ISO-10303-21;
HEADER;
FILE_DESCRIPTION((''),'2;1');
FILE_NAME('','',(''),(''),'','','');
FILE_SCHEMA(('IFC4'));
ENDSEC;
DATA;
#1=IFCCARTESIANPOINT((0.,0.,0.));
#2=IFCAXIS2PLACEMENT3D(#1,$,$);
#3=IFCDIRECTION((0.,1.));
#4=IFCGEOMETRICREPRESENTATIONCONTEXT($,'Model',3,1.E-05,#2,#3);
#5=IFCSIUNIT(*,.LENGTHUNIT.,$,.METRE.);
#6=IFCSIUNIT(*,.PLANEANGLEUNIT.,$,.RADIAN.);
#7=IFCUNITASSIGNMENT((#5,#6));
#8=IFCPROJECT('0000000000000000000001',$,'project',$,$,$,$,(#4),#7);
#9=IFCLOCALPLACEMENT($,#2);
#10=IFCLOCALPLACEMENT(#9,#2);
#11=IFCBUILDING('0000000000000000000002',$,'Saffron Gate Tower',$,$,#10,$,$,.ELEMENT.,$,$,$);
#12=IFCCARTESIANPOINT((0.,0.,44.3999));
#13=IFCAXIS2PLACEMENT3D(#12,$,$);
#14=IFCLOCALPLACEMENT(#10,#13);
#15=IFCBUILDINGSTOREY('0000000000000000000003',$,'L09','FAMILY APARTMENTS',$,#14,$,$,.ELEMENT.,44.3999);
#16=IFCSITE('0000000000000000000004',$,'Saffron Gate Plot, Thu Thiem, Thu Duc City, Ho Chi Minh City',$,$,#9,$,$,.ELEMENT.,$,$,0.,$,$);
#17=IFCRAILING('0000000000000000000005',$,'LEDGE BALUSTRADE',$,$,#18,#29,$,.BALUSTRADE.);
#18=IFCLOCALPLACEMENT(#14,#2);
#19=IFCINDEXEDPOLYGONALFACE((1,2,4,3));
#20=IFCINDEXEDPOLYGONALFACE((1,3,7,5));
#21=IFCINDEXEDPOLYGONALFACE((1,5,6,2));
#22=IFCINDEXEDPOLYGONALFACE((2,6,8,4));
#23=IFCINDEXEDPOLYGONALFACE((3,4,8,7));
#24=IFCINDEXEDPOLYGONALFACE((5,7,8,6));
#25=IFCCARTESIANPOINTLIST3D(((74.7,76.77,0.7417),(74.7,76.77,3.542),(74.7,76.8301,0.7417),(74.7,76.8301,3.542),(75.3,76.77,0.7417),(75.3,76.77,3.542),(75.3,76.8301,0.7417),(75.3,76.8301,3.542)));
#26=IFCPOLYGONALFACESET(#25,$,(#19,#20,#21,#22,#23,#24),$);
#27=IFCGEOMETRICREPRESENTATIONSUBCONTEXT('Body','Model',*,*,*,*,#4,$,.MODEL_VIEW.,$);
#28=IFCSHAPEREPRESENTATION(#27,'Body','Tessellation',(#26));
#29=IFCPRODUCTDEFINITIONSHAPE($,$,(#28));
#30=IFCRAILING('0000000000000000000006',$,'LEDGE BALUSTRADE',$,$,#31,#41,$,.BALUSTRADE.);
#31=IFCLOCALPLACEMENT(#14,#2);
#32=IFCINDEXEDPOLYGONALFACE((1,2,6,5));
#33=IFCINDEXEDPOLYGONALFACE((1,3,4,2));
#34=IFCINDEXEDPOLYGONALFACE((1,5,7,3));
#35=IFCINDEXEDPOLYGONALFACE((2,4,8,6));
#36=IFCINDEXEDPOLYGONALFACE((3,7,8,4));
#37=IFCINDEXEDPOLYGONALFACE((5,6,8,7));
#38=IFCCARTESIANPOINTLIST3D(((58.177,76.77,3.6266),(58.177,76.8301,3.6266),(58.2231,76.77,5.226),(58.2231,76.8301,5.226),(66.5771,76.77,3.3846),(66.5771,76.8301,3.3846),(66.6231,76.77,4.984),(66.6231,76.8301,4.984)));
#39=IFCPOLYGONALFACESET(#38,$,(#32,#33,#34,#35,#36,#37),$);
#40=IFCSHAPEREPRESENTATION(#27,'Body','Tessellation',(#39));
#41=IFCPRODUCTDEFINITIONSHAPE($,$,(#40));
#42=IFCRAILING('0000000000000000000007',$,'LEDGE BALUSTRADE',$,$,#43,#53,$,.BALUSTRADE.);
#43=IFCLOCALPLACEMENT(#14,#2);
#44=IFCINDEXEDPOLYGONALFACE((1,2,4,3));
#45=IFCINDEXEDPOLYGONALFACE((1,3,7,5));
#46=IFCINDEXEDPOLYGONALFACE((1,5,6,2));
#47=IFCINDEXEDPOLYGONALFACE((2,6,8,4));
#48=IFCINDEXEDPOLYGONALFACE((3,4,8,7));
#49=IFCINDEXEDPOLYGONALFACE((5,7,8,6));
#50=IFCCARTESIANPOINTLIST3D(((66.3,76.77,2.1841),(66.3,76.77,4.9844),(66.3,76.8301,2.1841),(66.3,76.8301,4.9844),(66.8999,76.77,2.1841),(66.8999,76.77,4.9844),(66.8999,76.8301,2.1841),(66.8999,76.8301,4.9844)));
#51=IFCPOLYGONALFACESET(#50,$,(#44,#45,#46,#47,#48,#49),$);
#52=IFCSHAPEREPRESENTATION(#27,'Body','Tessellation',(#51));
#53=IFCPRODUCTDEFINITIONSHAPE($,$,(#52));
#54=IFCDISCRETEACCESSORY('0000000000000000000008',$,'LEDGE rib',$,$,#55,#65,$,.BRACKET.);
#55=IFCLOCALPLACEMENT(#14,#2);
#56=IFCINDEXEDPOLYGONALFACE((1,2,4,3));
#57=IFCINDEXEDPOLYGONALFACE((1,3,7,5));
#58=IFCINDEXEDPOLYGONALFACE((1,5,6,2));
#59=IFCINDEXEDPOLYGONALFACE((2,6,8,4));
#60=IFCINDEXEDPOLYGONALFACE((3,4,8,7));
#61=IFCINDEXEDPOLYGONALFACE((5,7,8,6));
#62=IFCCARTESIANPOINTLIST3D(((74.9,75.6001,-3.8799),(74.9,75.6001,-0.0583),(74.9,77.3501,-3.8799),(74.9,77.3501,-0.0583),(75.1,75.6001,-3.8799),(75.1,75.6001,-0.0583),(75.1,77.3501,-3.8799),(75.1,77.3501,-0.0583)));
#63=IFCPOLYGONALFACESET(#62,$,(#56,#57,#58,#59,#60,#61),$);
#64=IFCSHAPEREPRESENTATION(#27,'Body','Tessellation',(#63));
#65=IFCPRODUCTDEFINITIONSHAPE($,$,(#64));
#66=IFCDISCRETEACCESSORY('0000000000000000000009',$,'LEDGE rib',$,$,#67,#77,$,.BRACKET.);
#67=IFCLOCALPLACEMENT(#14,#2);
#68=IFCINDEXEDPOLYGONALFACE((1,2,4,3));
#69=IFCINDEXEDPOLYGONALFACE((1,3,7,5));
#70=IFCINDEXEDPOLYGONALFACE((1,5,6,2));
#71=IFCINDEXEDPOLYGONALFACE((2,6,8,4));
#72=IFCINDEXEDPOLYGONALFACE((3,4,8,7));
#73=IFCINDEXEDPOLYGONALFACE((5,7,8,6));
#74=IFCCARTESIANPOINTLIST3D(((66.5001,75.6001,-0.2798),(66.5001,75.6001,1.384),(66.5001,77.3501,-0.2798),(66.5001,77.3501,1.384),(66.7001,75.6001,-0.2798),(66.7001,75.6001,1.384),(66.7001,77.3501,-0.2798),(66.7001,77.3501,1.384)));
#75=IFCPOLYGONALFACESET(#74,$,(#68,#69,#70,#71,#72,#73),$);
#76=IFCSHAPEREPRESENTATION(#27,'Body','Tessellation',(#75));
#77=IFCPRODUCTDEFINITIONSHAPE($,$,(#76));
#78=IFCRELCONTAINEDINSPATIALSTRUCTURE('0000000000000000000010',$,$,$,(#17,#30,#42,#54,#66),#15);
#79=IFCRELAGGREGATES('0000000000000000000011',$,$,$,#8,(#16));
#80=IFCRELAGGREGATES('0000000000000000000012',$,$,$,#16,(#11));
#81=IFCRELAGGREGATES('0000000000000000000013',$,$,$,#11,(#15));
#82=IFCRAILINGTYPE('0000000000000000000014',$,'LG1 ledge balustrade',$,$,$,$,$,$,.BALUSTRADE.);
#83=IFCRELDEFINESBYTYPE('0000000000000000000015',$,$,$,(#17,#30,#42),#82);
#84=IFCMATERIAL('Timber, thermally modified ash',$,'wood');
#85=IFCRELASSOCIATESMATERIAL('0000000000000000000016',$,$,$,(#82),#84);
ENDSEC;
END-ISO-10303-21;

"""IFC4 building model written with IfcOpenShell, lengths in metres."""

from ifc_helpers import new_model, si_unit, direction, frame, origin, origin_2d, place, context, subcontext, project, spatial, rectangle, extrude, material, type_object, element, save


model = new_model("IFC4")

# Units and contexts
model_context = context("Model", 3, precision=1e-05, world=origin(), true_north=direction((0.0, 1.0)))
body_context = subcontext(model_context, "Body", "Model", "MODEL_VIEW")
ifc_project = project(units=[si_unit("LENGTHUNIT", "METRE"), si_unit("PLANEANGLEUNIT", "RADIAN")], contexts=[model_context])

# Site, building, storey
site_placement = place(None, origin())
site = spatial("IfcSite", under=ifc_project, at=site_placement, Name="Saffron Gate Plot, Thu Thiem, Thu Duc City, Ho Chi Minh City", CompositionType="ELEMENT", RefElevation=0.0)
building_placement = place(site_placement, origin())
building = spatial("IfcBuilding", under=site, at=building_placement, Name="Saffron Gate Tower", CompositionType="ELEMENT")
storey_placement = place(building_placement, frame((0.0, 0.0, 44.3999)))
storey = spatial("IfcBuildingStorey", under=building, at=storey_placement, Name="L09", Description="FAMILY APARTMENTS", CompositionType="ELEMENT", Elevation=44.3999)

# Shared definitions
ifc_material_1 = material(Name="Timber, thermally modified ash", Category="wood")

# Railings
railing_type = type_object("IfcRailingType", Name="LG1 ledge balustrade", PredefinedType="BALUSTRADE", material=ifc_material_1)
railing_1_placement = place(storey_placement, frame((75.3, 76.8, 0.7417)))
element("IfcRailing", 1, at=railing_1_placement, inside=storey, type_object=railing_type, Name="LEDGE BALUSTRADE", PredefinedType="BALUSTRADE", context=body_context, shape_type="SweptSolid", body=[
    extrude(rectangle(XDim=0.0601, YDim=2.8003, at=origin_2d()), frame((0.0, 0.0, 1.4001), z_axis=(-1.0, 0.0, 0.0), x_axis=(0.0, -1.0, 0.0)), (0.0, 0.0, 1.0), 0.6001),
])
railing_2_placement = place(storey_placement, frame((66.6001, 76.8, 3.3843)))
element("IfcRailing", 2, at=railing_2_placement, inside=storey, type_object=railing_type, Name="LEDGE BALUSTRADE", PredefinedType="BALUSTRADE", context=body_context, shape_type="SweptSolid", body=[
    extrude(rectangle(XDim=0.0601, YDim=1.6001, at=origin_2d()), frame((0.0, 0.0, 0.8), z_axis=(-0.999585, 0.0, 0.02879), x_axis=(0.0, -1.0, 0.0)), (0.0, 0.0, 1.0), 8.4036),
])
railing_3_placement = place(storey_placement, frame((66.8999, 76.8, 2.1841)))
element("IfcRailing", 3, at=railing_3_placement, inside=storey, type_object=railing_type, Name="LEDGE BALUSTRADE", PredefinedType="BALUSTRADE", context=body_context, shape_type="SweptSolid", body=[
    extrude(rectangle(XDim=0.0601, YDim=2.8003, at=origin_2d()), frame((0.0, 0.0, 1.4001), z_axis=(-1.0, 0.0, 0.0), x_axis=(0.0, -1.0, 0.0)), (0.0, 0.0, 1.0), 0.5999),
])

# Discrete accessories
discrete_accessory_1_placement = place(storey_placement, frame((75.0, 76.4751, -3.8799), z_axis=(0.0, 0.0, 1.0), x_axis=(-1.0, 0.0, 0.0)))
element("IfcDiscreteAccessory", 4, at=discrete_accessory_1_placement, inside=storey, Name="LEDGE rib", PredefinedType="BRACKET", context=body_context, shape_type="SweptSolid", body=[
    extrude(rectangle(XDim=0.2, YDim=1.75, at=origin_2d()), origin(), (0.0, 0.0, 1.0), 3.8215),
])
discrete_accessory_2_placement = place(storey_placement, frame((66.6001, 76.4751, -0.2798), z_axis=(0.0, 0.0, 1.0), x_axis=(-1.0, 0.0, 0.0)))
element("IfcDiscreteAccessory", 5, at=discrete_accessory_2_placement, inside=storey, Name="LEDGE rib", PredefinedType="BRACKET", context=body_context, shape_type="SweptSolid", body=[
    extrude(rectangle(XDim=0.2, YDim=1.75, at=origin_2d()), origin(), (0.0, 0.0, 1.0), 1.6638),
])

save(model, "model.ifc")
